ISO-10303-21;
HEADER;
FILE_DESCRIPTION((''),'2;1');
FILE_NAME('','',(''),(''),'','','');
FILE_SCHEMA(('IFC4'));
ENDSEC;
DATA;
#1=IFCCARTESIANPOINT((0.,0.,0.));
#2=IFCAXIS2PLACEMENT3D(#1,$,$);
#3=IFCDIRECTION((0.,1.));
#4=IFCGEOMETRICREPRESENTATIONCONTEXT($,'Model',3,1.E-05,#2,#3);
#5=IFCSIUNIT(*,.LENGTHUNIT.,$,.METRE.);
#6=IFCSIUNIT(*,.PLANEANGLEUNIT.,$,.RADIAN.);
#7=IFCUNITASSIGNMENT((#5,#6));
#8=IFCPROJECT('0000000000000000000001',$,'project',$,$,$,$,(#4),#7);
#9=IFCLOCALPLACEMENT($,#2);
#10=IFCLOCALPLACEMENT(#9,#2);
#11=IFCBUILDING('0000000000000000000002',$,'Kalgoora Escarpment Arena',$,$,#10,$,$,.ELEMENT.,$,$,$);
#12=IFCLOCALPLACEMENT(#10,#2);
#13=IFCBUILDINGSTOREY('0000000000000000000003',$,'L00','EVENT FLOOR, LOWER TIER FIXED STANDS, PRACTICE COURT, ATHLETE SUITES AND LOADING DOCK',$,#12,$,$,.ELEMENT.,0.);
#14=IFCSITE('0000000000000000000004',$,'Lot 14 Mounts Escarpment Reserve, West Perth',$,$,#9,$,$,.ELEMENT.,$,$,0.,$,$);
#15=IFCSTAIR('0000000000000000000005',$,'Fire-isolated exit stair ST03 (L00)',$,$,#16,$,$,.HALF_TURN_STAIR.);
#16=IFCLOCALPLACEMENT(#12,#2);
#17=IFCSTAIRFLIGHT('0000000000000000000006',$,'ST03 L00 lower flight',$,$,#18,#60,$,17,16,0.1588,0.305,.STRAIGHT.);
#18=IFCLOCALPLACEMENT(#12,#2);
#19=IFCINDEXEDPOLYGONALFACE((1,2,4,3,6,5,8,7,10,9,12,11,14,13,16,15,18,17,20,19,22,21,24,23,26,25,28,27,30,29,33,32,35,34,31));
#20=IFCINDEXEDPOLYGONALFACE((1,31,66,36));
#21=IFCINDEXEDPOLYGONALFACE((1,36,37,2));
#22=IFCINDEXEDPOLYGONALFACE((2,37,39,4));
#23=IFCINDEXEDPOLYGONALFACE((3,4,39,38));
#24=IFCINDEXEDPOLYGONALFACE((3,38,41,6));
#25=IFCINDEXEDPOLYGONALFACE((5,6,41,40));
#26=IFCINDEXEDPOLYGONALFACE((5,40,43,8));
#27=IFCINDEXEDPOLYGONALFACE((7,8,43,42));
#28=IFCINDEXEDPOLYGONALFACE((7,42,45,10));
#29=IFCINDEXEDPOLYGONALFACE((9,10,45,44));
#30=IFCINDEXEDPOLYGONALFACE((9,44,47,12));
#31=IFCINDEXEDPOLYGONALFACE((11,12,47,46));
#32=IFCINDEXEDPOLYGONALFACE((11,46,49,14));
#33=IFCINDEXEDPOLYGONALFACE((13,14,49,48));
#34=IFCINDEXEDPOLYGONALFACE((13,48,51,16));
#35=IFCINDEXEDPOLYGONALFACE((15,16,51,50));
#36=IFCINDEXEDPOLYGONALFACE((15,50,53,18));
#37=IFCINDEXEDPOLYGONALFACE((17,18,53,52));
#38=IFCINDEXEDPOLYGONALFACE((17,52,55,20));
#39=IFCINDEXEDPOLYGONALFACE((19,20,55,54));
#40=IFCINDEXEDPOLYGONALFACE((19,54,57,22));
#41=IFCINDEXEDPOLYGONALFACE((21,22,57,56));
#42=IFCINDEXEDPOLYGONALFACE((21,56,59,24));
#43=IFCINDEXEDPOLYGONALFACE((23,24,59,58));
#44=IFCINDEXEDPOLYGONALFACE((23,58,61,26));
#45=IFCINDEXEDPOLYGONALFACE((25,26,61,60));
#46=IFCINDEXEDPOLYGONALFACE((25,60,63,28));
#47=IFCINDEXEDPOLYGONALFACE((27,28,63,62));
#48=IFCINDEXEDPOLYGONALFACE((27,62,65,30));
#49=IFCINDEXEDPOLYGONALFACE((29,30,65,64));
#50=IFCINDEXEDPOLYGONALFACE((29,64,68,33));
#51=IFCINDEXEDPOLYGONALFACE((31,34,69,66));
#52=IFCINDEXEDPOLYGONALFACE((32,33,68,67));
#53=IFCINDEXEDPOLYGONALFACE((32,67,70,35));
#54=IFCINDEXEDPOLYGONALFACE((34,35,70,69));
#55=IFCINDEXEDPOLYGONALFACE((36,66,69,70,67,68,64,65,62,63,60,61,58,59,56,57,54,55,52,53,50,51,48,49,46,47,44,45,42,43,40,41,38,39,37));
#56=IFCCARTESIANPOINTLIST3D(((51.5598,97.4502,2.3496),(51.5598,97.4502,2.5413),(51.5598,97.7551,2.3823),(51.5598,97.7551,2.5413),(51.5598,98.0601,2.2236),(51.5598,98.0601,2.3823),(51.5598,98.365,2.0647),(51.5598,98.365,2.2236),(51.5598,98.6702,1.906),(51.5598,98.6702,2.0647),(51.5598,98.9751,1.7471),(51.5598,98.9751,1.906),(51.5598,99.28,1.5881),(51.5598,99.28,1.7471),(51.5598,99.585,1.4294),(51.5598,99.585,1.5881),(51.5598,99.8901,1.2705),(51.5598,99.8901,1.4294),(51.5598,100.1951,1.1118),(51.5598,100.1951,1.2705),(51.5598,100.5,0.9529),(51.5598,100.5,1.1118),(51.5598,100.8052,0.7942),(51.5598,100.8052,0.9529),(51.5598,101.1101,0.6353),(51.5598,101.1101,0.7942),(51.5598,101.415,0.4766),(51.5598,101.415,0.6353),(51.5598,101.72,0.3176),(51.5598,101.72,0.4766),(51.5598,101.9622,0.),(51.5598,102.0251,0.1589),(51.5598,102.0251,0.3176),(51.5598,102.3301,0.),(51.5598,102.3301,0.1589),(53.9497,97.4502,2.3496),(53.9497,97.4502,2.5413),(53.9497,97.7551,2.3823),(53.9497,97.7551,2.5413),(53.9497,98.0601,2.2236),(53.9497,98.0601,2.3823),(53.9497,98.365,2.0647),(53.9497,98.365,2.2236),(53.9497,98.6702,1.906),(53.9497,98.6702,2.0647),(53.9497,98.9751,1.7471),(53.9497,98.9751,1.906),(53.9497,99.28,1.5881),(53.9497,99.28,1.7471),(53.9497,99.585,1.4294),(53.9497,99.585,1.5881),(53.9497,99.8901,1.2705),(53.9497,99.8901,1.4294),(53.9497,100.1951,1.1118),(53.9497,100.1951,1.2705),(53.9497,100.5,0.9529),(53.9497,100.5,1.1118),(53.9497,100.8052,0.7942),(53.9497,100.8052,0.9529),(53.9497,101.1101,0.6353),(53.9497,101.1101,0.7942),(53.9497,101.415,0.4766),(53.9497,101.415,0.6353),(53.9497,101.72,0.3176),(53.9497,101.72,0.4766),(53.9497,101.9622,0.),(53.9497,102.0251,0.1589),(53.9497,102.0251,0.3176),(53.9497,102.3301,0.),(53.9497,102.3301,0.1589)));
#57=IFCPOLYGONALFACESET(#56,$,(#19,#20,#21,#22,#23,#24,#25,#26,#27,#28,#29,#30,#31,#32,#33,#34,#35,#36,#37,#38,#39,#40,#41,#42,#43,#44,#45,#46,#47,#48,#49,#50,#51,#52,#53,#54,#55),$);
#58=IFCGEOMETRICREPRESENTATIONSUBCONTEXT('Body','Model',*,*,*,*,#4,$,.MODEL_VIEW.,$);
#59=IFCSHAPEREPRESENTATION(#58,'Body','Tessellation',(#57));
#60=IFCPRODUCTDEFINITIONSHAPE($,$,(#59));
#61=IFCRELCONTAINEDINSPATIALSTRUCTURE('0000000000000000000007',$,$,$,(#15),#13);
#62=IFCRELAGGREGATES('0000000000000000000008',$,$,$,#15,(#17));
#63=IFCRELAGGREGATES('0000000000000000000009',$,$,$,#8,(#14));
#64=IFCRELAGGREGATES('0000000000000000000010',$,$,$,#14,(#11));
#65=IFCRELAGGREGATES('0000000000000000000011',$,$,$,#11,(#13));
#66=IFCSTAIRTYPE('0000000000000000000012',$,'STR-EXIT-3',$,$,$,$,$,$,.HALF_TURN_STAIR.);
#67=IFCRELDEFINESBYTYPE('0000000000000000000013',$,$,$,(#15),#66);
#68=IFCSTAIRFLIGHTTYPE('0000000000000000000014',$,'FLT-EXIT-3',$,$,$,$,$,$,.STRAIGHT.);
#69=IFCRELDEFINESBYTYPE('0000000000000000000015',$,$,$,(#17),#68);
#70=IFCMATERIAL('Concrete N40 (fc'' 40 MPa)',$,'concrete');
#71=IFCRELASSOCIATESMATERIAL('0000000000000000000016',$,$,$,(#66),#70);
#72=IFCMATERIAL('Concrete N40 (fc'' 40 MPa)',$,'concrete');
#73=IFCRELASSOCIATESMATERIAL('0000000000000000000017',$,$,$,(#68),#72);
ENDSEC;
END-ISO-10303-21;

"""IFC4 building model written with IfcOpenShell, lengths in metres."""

from ifc_helpers import new_model, si_unit, direction, frame, origin, place, context, subcontext, project, spatial, polyline, outline, extrude, material, type_object, element, aggregate, save


model = new_model("IFC4")

# Units and contexts
model_context = context("Model", 3, precision=1e-05, world=origin(), true_north=direction((0.0, 1.0)))
body_context = subcontext(model_context, "Body", "Model", "MODEL_VIEW")
ifc_project = project(units=[si_unit("LENGTHUNIT", "METRE"), si_unit("PLANEANGLEUNIT", "RADIAN")], contexts=[model_context])

# Site, building, storey
site_placement = place(None, origin())
site = spatial("IfcSite", under=ifc_project, at=site_placement, Name="Lot 14 Mounts Escarpment Reserve, West Perth", CompositionType="ELEMENT", RefElevation=0.0)
building_placement = place(site_placement, origin())
building = spatial("IfcBuilding", under=site, at=building_placement, Name="Kalgoora Escarpment Arena", CompositionType="ELEMENT")
storey_placement = place(building_placement, origin())
storey = spatial("IfcBuildingStorey", under=building, at=storey_placement, Name="L00", Description="EVENT FLOOR, LOWER TIER FIXED STANDS, PRACTICE COURT, ATHLETE SUITES AND LOADING DOCK", CompositionType="ELEMENT", Elevation=0.0)

# Stair, stair flight
ifc_material_1 = material(Name="Concrete N40 (fc' 40 MPa)", Category="concrete")
stair_type = type_object("IfcStairType", Name="STR-EXIT-3", PredefinedType="HALF_TURN_STAIR", material=ifc_material_1)
stair_placement = place(storey_placement, origin())
stair = element("IfcStair", 1, at=stair_placement, inside=storey, type_object=stair_type, Name="Fire-isolated exit stair ST03 (L00)", PredefinedType="HALF_TURN_STAIR")
ifc_material_2 = material(Name="Concrete N40 (fc' 40 MPa)", Category="concrete")
stair_flight_type = type_object("IfcStairFlightType", Name="FLT-EXIT-3", PredefinedType="STRAIGHT", material=ifc_material_2)
stair_flight_placement = place(storey_placement, frame((52.7549, 102.3301, 0.0), z_axis=(0.0, 0.0, 1.0), x_axis=(0.0, -1.0, 0.0)))
stair_flight = element("IfcStairFlight", 2, at=stair_flight_placement, type_object=stair_flight_type, Name="ST03 L00 lower flight", NumberOfRisers=17, NumberOfTreads=16, PredefinedType="STRAIGHT", RiserHeight=0.1588, TreadLength=0.305, context=body_context, shape_type="SweptSolid", body=[
    extrude(outline(polyline([(0.0, 0.0), (0.0, 0.1589), (0.3049, 0.1589), (0.3049, 0.3176), (0.6101, 0.3176), (0.6101, 0.4766), (0.915, 0.4766), (0.915, 0.6353), (1.22, 0.6353), (1.22, 0.7942), (1.5249, 0.7942), (1.5249, 0.9529), (1.8301, 0.9529), (1.8301, 1.1118), (2.135, 1.1118), (2.135, 1.2705), (2.4399, 1.2705), (2.4399, 1.4294), (2.7451, 1.4294), (2.7451, 1.5881), (3.05, 1.5881), (3.05, 1.7471), (3.355, 1.7471), (3.355, 1.906), (3.6599, 1.906), (3.6599, 2.0647), (3.9651, 2.0647), (3.9651, 2.2236), (4.27, 2.2236), (4.27, 2.3823), (4.575, 2.3823), (4.575, 2.5413), (4.8799, 2.5413), (4.8799, 2.7), (4.8799, 2.3496), (0.3679, 0.0), (0.0, 0.0)])), frame((0.0, 1.1948, 0.0), z_axis=(0.0, -1.0, 0.0), x_axis=(1.0, 0.0, 0.0)), (0.0, 0.0, 1.0), 2.3899),
])
aggregate(stair, [stair_flight])

save(model, "model.ifc")
